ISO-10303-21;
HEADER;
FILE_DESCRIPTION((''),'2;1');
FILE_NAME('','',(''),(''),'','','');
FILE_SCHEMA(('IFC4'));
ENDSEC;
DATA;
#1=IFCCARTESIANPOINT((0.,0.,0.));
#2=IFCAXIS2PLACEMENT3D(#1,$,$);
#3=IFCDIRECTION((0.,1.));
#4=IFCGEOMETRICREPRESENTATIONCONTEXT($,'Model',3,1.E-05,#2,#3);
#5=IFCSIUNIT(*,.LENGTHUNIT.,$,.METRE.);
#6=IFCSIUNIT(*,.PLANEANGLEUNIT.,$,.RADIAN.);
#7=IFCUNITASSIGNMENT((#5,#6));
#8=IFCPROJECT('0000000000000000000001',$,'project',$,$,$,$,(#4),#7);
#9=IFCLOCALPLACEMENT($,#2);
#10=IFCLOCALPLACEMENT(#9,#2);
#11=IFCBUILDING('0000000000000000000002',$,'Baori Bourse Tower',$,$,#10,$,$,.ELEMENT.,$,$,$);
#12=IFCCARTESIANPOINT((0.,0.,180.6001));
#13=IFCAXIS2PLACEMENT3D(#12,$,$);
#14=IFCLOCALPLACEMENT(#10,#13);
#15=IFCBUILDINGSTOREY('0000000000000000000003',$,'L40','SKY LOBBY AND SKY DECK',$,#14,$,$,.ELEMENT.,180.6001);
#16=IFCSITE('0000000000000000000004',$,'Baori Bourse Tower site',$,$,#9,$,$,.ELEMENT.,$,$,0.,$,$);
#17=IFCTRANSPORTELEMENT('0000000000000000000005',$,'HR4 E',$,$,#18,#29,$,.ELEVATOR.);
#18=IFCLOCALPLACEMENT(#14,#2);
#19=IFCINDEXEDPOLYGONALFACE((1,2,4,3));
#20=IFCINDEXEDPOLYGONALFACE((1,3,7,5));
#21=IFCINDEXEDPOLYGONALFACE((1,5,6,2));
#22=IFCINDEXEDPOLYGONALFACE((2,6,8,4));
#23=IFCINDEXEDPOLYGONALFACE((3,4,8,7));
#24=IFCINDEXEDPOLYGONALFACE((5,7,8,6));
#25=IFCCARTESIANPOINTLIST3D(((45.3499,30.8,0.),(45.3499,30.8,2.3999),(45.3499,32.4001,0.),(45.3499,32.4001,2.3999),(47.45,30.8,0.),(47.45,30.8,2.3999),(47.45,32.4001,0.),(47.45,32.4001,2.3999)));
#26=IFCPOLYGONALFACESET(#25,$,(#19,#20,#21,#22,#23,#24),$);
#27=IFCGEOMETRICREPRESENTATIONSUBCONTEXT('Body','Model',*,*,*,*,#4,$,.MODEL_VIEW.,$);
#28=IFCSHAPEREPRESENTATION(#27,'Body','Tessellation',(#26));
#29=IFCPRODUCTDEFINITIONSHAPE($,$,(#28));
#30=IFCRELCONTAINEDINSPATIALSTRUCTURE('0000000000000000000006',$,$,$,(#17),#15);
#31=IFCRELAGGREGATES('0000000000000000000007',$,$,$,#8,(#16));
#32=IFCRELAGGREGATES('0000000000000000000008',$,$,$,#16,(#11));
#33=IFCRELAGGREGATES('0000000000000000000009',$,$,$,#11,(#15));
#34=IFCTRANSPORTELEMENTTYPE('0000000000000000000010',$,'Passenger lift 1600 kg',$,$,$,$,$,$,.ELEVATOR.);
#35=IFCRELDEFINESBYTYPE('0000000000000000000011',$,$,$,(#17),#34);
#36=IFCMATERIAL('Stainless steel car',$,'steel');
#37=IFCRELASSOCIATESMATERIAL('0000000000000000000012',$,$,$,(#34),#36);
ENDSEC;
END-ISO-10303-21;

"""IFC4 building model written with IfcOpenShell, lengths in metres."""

from ifc_helpers import new_model, si_unit, direction, frame, origin, origin_2d, place, context, subcontext, project, spatial, rectangle, extrude, material, type_object, element, save


model = new_model("IFC4")

# Units and contexts
model_context = context("Model", 3, precision=1e-05, world=origin(), true_north=direction((0.0, 1.0)))
body_context = subcontext(model_context, "Body", "Model", "MODEL_VIEW")
ifc_project = project(units=[si_unit("LENGTHUNIT", "METRE"), si_unit("PLANEANGLEUNIT", "RADIAN")], contexts=[model_context])

# Site, building, storey
site_placement = place(None, origin())
site = spatial("IfcSite", under=ifc_project, at=site_placement, Name="Baori Bourse Tower site", CompositionType="ELEMENT", RefElevation=0.0)
building_placement = place(site_placement, origin())
building = spatial("IfcBuilding", under=site, at=building_placement, Name="Baori Bourse Tower", CompositionType="ELEMENT")
storey_placement = place(building_placement, frame((0.0, 0.0, 180.6001)))
storey = spatial("IfcBuildingStorey", under=building, at=storey_placement, Name="L40", Description="SKY LOBBY AND SKY DECK", CompositionType="ELEMENT", Elevation=180.6001)

# Transport element
ifc_material_1 = material(Name="Stainless steel car", Category="steel")
transport_element_type = type_object("IfcTransportElementType", Name="Passenger lift 1600 kg", PredefinedType="ELEVATOR", material=ifc_material_1)
for number, where, z_axis, x_axis, name in (
    (1, (46.3999, 31.6001, 0.0), (0.0, 0.0, 1.0), (1.0, 0.0, 0.0), "HR4 E"),
):
    element("IfcTransportElement", number, at=place(storey_placement, frame(where, z_axis=z_axis, x_axis=x_axis)), inside=storey, type_object=transport_element_type, Name=name, PredefinedType="ELEVATOR", context=body_context, shape_type="SweptSolid", body=[
        extrude(rectangle(XDim=2.1001, YDim=1.6001, at=origin_2d()), origin(), (0.0, 0.0, 1.0), 2.3999),
    ])

save(model, "model.ifc")
